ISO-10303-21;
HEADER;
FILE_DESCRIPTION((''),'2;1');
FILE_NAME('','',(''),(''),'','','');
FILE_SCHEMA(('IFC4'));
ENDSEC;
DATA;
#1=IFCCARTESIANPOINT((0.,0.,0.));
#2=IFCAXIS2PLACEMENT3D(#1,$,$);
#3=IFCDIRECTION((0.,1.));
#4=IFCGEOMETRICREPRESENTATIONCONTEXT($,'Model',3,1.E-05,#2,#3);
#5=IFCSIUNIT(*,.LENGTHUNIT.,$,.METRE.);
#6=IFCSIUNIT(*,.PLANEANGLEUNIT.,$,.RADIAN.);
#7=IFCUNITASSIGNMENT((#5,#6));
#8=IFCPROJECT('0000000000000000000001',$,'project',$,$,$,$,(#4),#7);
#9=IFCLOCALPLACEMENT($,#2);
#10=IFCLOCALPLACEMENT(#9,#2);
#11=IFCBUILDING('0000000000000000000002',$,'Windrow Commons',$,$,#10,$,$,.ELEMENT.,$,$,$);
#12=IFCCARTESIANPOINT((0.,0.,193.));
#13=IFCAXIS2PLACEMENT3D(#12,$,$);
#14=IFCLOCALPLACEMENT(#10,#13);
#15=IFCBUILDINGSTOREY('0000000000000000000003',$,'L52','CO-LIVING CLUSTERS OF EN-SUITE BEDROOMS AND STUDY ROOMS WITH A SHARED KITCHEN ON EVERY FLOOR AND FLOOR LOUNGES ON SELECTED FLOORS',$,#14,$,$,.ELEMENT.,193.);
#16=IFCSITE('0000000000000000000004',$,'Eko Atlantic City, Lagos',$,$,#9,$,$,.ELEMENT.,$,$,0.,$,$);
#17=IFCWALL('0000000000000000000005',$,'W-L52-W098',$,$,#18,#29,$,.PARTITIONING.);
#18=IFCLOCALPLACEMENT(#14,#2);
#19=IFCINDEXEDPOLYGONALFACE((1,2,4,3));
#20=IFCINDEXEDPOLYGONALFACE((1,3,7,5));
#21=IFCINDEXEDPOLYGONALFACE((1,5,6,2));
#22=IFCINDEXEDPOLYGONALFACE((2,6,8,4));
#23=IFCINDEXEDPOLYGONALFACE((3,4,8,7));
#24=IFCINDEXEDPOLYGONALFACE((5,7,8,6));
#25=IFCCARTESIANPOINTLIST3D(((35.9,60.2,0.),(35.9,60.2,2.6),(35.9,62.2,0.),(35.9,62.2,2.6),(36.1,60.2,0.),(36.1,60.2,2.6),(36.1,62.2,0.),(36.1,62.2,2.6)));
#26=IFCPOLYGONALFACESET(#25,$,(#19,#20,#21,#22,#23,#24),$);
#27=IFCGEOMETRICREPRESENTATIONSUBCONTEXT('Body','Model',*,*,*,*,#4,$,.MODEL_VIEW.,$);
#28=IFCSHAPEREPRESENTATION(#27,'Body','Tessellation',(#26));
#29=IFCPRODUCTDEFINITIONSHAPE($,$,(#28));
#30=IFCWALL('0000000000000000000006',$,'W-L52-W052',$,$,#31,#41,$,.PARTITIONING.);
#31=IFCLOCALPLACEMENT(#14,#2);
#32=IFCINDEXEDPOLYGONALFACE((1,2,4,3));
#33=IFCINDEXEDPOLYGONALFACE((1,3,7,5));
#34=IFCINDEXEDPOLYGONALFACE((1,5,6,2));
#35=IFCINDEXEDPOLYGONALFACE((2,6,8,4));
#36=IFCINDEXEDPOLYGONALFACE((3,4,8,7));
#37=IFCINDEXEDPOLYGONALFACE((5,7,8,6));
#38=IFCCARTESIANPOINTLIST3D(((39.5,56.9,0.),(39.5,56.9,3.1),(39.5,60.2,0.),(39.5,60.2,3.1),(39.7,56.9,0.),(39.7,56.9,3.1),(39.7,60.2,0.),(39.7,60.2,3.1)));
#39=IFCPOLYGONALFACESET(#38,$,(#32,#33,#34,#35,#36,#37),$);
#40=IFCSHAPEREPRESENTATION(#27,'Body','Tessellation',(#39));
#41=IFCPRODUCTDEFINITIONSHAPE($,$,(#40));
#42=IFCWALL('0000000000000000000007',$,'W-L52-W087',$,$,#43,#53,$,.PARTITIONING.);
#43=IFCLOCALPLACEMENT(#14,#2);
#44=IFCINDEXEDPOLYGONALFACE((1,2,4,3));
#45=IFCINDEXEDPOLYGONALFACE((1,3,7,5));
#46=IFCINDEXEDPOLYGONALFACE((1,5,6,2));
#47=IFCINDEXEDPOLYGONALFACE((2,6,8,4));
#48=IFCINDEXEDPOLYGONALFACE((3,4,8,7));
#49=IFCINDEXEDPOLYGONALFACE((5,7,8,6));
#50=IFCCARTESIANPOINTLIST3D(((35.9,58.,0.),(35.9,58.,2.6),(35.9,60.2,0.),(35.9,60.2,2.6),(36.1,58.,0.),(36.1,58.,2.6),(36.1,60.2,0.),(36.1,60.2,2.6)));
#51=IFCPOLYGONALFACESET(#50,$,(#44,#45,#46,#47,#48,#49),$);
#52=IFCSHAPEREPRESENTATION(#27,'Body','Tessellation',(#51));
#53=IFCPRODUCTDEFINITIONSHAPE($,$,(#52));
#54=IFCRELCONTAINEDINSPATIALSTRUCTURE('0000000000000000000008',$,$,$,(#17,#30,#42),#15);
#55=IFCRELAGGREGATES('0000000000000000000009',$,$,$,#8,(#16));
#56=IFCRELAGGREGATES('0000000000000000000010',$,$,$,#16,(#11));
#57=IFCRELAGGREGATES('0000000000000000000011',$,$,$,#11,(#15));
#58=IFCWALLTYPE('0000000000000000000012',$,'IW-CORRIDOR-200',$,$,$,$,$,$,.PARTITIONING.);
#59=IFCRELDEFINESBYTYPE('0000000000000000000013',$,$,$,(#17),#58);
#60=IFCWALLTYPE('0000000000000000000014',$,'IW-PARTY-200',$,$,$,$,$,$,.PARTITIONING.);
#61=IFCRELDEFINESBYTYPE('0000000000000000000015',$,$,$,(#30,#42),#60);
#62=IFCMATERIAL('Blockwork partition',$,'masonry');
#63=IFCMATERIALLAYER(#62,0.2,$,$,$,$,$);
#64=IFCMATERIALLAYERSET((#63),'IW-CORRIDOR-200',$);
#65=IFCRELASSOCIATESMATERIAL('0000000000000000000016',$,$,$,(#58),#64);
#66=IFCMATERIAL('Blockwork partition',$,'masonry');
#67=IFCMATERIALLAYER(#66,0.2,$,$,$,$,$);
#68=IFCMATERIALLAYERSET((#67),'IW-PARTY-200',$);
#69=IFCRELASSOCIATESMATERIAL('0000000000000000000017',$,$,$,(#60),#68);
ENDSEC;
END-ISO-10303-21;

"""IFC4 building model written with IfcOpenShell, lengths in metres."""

from ifc_helpers import new_model, si_unit, direction, frame, frame_2d, origin, place, context, subcontext, project, spatial, rectangle, extrude, material, layer, layer_set, type_object, element, save


model = new_model("IFC4")

# Units and contexts
model_context = context("Model", 3, precision=1e-05, world=origin(), true_north=direction((0.0, 1.0)))
body_context = subcontext(model_context, "Body", "Model", "MODEL_VIEW")
ifc_project = project(units=[si_unit("LENGTHUNIT", "METRE"), si_unit("PLANEANGLEUNIT", "RADIAN")], contexts=[model_context])

# Site, building, storey
site_placement = place(None, origin())
site = spatial("IfcSite", under=ifc_project, at=site_placement, Name="Eko Atlantic City, Lagos", CompositionType="ELEMENT", RefElevation=0.0)
building_placement = place(site_placement, origin())
building = spatial("IfcBuilding", under=site, at=building_placement, Name="Windrow Commons", CompositionType="ELEMENT")
storey_placement = place(building_placement, frame((0.0, 0.0, 193.0)))
storey = spatial("IfcBuildingStorey", under=building, at=storey_placement, Name="L52", Description="CO-LIVING CLUSTERS OF EN-SUITE BEDROOMS AND STUDY ROOMS WITH A SHARED KITCHEN ON EVERY FLOOR AND FLOOR LOUNGES ON SELECTED FLOORS", CompositionType="ELEMENT", Elevation=193.0)

# Shared definitions
ifc_material_1 = material(Name="Blockwork partition", Category="masonry")
ifc_layer_1 = layer(ifc_material_1, 0.2)
ifc_layer_set_1 = layer_set([ifc_layer_1], Name="IW-CORRIDOR-200")
wall_type_1 = type_object("IfcWallType", Name="IW-CORRIDOR-200", PredefinedType="PARTITIONING", material=ifc_layer_set_1)

# Walls
wall_1_placement = place(storey_placement, frame((36.0, 60.2, 0.0), z_axis=(0.0, 0.0, 1.0), x_axis=(0.0, 1.0, 0.0)))
element("IfcWall", 1, at=wall_1_placement, inside=storey, type_object=wall_type_1, Name="W-L52-W098", PredefinedType="PARTITIONING", context=body_context, shape_type="SweptSolid", body=[
    extrude(rectangle(XDim=2.0, YDim=0.2, at=frame_2d((1.0, 0.0))), origin(), (0.0, 0.0, 1.0), 2.6),
])
ifc_material_2 = material(Name="Blockwork partition", Category="masonry")
ifc_layer_2 = layer(ifc_material_2, 0.2)
ifc_layer_set_2 = layer_set([ifc_layer_2], Name="IW-PARTY-200")
wall_type_2 = type_object("IfcWallType", Name="IW-PARTY-200", PredefinedType="PARTITIONING", material=ifc_layer_set_2)
wall_2_placement = place(storey_placement, frame((39.6, 56.9, 0.0), z_axis=(0.0, 0.0, 1.0), x_axis=(0.0, 1.0, 0.0)))
element("IfcWall", 2, at=wall_2_placement, inside=storey, type_object=wall_type_2, Name="W-L52-W052", PredefinedType="PARTITIONING", context=body_context, shape_type="SweptSolid", body=[
    extrude(rectangle(XDim=3.3, YDim=0.2, at=frame_2d((1.65, 0.0))), origin(), (0.0, 0.0, 1.0), 3.1),
])
wall_3_placement = place(storey_placement, frame((36.0, 58.0, 0.0), z_axis=(0.0, 0.0, 1.0), x_axis=(0.0, 1.0, 0.0)))
element("IfcWall", 3, at=wall_3_placement, inside=storey, type_object=wall_type_2, Name="W-L52-W087", PredefinedType="PARTITIONING", context=body_context, shape_type="SweptSolid", body=[
    extrude(rectangle(XDim=2.2, YDim=0.2, at=frame_2d((1.1, 0.0))), origin(), (0.0, 0.0, 1.0), 2.6),
])

save(model, "model.ifc")
